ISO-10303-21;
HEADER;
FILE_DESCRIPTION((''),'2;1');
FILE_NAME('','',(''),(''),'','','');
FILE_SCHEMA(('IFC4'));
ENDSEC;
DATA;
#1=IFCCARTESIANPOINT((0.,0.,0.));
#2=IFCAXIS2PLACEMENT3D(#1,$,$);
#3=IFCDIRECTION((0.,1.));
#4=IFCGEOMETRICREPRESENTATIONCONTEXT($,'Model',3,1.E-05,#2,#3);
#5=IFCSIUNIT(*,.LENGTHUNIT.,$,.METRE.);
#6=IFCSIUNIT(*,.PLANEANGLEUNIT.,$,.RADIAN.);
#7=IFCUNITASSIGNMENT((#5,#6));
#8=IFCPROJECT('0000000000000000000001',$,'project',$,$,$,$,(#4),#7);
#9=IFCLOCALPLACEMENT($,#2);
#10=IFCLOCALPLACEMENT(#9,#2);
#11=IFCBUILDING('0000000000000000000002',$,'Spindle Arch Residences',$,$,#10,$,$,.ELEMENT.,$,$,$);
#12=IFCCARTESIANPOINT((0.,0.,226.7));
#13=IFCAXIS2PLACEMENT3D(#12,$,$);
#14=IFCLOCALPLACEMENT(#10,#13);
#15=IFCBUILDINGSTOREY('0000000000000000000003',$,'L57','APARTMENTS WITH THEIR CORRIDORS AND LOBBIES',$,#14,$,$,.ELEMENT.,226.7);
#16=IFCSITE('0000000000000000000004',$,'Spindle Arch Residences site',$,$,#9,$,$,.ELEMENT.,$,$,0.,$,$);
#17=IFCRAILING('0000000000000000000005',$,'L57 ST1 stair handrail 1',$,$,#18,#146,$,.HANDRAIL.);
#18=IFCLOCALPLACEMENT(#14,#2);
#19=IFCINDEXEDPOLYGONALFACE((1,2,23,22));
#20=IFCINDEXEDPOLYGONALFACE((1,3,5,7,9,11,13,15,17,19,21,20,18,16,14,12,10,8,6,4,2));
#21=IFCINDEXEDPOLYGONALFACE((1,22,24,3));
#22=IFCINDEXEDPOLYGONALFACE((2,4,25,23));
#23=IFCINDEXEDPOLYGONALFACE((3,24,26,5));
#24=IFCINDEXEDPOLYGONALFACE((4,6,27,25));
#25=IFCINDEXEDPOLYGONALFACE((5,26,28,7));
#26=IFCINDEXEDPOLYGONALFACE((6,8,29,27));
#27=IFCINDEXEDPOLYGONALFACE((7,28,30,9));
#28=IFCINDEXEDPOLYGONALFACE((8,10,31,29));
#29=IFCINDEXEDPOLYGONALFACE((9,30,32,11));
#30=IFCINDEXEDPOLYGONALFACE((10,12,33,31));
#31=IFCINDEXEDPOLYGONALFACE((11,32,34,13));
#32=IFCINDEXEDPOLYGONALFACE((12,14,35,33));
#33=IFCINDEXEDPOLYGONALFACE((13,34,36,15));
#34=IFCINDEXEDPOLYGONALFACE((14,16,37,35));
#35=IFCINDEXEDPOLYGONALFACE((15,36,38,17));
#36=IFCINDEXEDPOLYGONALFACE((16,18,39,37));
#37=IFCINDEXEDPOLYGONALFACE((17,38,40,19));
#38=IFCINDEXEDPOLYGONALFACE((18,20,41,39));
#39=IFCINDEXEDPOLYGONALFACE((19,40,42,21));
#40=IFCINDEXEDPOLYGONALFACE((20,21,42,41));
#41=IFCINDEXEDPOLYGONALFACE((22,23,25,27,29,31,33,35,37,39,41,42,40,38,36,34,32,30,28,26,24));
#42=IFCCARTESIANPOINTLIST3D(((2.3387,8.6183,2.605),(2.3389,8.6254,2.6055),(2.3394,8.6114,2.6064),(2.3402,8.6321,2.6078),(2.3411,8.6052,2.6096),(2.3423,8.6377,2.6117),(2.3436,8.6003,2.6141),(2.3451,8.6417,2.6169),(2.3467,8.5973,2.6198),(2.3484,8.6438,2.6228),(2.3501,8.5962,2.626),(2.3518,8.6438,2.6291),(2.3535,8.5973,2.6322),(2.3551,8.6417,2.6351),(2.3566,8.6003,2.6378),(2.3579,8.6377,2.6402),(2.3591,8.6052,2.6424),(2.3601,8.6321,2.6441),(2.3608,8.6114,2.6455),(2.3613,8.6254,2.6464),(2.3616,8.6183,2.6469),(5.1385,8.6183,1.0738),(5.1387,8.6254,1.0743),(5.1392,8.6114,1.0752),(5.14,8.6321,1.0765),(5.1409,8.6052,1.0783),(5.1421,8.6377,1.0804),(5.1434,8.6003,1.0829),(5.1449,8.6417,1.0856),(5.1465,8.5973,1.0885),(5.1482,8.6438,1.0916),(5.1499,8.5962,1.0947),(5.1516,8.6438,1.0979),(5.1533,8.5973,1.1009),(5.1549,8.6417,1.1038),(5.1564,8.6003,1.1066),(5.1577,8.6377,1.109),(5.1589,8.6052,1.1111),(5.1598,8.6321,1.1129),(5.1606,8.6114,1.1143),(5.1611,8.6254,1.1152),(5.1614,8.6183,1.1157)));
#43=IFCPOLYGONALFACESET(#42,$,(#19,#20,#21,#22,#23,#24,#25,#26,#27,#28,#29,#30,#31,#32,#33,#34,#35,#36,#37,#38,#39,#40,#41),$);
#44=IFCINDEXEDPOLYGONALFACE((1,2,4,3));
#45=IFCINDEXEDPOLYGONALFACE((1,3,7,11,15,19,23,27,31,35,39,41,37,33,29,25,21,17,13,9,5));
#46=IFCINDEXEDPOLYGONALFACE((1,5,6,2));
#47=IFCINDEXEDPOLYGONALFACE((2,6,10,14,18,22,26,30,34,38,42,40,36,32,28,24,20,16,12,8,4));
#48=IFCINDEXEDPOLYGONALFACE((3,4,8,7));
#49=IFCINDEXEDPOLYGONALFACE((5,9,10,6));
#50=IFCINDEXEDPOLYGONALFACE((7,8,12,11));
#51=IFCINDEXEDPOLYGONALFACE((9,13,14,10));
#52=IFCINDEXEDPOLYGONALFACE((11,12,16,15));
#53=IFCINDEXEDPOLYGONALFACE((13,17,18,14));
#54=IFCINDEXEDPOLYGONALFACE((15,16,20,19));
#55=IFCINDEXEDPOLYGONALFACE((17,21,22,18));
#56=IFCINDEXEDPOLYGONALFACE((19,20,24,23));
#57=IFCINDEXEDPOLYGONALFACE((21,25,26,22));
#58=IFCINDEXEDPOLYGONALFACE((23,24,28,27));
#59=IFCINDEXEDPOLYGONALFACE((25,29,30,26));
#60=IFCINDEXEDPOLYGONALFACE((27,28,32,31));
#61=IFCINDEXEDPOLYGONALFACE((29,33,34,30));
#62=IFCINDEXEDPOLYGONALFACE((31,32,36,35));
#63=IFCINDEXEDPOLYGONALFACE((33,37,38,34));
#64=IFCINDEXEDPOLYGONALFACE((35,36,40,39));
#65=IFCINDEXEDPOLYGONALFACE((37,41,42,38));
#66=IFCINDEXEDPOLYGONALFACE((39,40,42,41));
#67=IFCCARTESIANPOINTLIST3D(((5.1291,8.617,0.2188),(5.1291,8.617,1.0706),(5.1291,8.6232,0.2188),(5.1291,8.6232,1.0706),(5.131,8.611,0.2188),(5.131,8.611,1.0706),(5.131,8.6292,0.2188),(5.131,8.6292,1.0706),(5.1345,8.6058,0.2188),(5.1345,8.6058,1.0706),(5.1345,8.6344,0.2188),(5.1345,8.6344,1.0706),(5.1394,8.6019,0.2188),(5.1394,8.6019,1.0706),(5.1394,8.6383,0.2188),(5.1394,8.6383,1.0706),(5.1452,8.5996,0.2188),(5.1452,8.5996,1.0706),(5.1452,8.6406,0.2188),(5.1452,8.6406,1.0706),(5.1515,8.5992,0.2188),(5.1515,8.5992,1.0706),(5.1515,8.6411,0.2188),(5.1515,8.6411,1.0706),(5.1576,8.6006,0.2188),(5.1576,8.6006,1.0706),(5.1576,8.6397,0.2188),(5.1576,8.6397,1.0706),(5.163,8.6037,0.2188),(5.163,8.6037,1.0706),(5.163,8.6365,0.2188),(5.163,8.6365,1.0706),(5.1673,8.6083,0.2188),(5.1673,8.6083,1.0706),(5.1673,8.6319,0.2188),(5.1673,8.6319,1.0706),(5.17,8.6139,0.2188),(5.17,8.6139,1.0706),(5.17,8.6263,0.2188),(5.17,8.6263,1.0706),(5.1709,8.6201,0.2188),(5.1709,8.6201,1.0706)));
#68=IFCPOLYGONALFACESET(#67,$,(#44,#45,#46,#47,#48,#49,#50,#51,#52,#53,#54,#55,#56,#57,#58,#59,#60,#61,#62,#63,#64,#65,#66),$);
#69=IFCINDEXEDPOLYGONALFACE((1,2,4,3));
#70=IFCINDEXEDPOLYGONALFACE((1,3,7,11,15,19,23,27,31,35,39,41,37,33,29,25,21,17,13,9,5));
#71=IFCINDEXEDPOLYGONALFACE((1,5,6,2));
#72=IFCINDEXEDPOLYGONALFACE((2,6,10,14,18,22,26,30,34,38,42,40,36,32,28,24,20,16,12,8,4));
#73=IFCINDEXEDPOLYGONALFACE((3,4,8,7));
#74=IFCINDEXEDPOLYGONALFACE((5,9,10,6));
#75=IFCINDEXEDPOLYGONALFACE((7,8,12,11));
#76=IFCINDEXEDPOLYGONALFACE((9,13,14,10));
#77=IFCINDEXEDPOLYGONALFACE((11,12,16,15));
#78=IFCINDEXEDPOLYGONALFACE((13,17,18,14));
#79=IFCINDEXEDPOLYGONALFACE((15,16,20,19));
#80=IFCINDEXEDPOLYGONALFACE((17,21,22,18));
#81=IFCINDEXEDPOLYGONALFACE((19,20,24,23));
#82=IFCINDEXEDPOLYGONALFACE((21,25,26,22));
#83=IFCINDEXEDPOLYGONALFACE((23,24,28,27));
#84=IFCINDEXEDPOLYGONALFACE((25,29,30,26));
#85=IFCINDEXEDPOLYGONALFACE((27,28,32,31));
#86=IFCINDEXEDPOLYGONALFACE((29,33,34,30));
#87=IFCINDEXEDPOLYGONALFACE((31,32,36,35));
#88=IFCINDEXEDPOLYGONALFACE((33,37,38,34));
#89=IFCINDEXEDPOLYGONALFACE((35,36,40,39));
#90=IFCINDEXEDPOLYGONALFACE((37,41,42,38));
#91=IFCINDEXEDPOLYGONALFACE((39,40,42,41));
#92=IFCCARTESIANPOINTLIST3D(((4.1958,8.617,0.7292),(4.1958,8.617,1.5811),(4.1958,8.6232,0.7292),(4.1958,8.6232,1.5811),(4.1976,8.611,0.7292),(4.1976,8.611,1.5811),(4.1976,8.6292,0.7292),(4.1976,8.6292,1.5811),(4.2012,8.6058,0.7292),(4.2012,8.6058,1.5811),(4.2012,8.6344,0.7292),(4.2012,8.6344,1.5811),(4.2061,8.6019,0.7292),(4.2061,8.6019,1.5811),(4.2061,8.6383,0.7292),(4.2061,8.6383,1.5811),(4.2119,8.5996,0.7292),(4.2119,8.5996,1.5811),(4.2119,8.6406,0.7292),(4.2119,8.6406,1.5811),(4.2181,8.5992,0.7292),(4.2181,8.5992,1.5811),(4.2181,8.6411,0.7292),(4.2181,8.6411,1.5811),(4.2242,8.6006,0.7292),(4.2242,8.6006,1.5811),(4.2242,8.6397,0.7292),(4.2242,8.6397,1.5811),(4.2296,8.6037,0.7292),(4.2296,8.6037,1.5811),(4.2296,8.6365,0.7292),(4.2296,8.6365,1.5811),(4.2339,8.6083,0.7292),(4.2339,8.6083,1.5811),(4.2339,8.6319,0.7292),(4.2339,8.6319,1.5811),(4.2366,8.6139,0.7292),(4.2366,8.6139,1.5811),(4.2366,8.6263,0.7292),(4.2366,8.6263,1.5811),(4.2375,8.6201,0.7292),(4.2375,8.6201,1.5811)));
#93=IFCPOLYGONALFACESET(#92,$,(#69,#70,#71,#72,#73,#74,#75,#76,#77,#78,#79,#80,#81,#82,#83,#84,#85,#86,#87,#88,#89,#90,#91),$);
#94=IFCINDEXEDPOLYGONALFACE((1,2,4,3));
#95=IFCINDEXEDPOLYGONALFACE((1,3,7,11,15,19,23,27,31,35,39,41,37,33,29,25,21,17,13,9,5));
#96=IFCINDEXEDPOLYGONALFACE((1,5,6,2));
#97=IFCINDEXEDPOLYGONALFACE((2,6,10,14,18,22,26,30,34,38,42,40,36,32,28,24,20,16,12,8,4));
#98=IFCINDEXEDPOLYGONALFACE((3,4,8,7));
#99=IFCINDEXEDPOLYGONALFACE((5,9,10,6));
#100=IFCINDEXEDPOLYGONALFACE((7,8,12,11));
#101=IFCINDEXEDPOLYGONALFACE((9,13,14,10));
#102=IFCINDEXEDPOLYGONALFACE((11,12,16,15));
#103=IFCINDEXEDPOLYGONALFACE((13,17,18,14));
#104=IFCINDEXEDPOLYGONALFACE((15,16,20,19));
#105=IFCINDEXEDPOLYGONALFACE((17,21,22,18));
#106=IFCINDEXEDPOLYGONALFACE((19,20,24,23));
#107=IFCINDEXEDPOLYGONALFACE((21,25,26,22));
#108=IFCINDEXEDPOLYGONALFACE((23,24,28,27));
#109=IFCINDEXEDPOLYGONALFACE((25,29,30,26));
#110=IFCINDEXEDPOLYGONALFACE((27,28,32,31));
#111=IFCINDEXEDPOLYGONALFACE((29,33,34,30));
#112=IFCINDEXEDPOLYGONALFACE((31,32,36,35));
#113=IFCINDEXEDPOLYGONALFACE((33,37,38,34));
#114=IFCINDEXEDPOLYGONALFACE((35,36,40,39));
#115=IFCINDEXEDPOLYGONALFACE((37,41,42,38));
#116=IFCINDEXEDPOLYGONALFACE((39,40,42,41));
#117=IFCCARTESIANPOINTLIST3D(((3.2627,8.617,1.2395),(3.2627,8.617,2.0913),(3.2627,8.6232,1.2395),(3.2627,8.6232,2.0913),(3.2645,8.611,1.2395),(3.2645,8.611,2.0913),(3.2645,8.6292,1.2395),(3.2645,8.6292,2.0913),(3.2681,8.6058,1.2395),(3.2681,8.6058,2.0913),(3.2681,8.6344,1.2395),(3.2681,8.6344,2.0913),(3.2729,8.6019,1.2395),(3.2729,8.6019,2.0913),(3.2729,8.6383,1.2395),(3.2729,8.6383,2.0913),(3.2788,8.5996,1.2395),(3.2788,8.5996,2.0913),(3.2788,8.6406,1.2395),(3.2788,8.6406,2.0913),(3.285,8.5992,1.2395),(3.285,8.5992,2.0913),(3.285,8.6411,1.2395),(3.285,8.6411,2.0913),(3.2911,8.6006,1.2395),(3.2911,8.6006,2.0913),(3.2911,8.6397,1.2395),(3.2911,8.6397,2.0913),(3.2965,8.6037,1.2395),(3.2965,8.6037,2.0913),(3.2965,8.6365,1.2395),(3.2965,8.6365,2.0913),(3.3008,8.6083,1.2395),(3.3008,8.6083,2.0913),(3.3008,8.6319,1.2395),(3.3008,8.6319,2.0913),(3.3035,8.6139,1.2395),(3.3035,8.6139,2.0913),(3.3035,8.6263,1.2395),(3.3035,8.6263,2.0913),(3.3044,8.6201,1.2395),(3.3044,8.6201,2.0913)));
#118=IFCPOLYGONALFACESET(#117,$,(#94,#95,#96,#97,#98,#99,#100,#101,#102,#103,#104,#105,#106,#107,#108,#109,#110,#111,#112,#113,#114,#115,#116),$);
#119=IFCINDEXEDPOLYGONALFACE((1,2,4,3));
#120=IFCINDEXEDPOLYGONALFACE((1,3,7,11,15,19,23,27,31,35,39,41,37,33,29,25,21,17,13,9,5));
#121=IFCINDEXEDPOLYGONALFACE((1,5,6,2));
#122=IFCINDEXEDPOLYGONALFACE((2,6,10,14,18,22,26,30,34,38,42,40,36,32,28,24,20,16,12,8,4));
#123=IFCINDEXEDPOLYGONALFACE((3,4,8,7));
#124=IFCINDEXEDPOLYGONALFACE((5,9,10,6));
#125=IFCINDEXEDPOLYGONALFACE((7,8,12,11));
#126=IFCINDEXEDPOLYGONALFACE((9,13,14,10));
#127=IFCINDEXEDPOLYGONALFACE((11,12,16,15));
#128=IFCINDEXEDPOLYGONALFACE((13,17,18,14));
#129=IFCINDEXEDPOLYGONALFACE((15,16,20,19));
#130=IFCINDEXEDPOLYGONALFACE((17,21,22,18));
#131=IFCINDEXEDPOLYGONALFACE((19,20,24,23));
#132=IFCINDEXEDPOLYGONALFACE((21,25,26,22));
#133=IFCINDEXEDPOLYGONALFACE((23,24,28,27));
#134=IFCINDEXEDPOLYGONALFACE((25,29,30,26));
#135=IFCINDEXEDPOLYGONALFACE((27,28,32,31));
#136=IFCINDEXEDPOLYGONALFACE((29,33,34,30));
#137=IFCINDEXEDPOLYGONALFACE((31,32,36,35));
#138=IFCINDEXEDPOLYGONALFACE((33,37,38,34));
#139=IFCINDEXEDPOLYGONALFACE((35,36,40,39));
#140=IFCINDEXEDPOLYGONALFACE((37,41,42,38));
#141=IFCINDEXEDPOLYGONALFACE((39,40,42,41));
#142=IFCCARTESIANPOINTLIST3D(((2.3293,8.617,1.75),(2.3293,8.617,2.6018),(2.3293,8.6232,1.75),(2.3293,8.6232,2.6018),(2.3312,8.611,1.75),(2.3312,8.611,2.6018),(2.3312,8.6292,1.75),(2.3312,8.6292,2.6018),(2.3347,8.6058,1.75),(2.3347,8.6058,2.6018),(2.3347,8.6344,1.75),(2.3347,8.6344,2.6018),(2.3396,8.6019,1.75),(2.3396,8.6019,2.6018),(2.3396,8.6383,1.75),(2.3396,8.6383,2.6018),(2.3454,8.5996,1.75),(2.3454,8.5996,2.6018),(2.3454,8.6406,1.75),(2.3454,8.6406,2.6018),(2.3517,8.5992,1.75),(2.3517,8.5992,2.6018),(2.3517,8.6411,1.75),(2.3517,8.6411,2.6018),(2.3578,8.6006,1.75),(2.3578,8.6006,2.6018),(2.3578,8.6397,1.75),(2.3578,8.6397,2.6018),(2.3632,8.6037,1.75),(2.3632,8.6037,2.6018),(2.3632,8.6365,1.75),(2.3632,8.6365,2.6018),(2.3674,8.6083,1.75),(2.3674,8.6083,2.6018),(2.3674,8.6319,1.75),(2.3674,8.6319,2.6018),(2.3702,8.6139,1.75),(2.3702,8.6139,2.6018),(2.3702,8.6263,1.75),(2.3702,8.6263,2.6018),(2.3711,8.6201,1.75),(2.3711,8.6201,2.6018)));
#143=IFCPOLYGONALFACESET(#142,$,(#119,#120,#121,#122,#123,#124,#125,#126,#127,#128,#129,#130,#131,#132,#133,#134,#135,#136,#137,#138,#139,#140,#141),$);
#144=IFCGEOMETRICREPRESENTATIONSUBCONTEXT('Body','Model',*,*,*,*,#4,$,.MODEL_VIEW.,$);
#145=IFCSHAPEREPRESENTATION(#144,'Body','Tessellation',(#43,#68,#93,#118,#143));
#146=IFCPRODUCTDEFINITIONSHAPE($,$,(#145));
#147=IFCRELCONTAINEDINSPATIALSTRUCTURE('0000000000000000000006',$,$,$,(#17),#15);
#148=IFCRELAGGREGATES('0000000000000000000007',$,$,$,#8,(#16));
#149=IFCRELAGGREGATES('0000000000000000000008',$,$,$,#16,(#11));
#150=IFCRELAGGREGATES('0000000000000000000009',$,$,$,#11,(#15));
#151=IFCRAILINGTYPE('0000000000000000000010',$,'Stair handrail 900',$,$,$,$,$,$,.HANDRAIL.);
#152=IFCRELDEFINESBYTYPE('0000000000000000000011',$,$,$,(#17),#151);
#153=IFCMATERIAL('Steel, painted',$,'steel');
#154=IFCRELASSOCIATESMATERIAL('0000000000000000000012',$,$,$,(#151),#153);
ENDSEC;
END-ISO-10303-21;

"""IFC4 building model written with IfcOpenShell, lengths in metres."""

from ifc_helpers import new_model, si_unit, direction, frame, origin, origin_2d, place, context, subcontext, project, spatial, circle, extrude, material, type_object, element, save


model = new_model("IFC4")

# Units and contexts
model_context = context("Model", 3, precision=1e-05, world=origin(), true_north=direction((0.0, 1.0)))
body_context = subcontext(model_context, "Body", "Model", "MODEL_VIEW")
ifc_project = project(units=[si_unit("LENGTHUNIT", "METRE"), si_unit("PLANEANGLEUNIT", "RADIAN")], contexts=[model_context])

# Site, building, storey
site_placement = place(None, origin())
site = spatial("IfcSite", under=ifc_project, at=site_placement, Name="Spindle Arch Residences site", CompositionType="ELEMENT", RefElevation=0.0)
building_placement = place(site_placement, origin())
building = spatial("IfcBuilding", under=site, at=building_placement, Name="Spindle Arch Residences", CompositionType="ELEMENT")
storey_placement = place(building_placement, frame((0.0, 0.0, 226.7)))
storey = spatial("IfcBuildingStorey", under=building, at=storey_placement, Name="L57", Description="APARTMENTS WITH THEIR CORRIDORS AND LOBBIES", CompositionType="ELEMENT", Elevation=226.7)

# Railing
ifc_material_1 = material(Name="Steel, painted", Category="steel")
railing_type_1 = type_object("IfcRailingType", Name="Stair handrail 900", PredefinedType="HANDRAIL", material=ifc_material_1)
railing_1_placement = place(storey_placement, frame((5.1499, 8.6201, 0.2188)))
element("IfcRailing", 1, at=railing_1_placement, inside=storey, type_object=railing_type_1, Name="L57 ST1 stair handrail 1", PredefinedType="HANDRAIL", context=body_context, shape_type="SweptSolid", body=[
    extrude(circle(Radius=0.0239, at=origin_2d()), frame((0.0, 0.0, 0.876), z_axis=(-0.877357, 0.0, 0.479838), x_axis=(0.0, -1.0, 0.0)), (0.0, 0.0, 1.0), 3.1912),
    extrude(circle(Radius=0.021, at=origin_2d()), origin(), (0.0, 0.0, 1.0), 0.8518),
    extrude(circle(Radius=0.021, at=origin_2d()), frame((-0.9333, 0.0, 0.5105)), (0.0, 0.0, 1.0), 0.8518),
    extrude(circle(Radius=0.021, at=origin_2d()), frame((-1.8665, 0.0, 1.0208)), (0.0, 0.0, 1.0), 0.8518),
    extrude(circle(Radius=0.021, at=origin_2d()), frame((-2.7998, 0.0, 1.5312)), (0.0, 0.0, 1.0), 0.8518),
])

save(model, "model.ifc")
